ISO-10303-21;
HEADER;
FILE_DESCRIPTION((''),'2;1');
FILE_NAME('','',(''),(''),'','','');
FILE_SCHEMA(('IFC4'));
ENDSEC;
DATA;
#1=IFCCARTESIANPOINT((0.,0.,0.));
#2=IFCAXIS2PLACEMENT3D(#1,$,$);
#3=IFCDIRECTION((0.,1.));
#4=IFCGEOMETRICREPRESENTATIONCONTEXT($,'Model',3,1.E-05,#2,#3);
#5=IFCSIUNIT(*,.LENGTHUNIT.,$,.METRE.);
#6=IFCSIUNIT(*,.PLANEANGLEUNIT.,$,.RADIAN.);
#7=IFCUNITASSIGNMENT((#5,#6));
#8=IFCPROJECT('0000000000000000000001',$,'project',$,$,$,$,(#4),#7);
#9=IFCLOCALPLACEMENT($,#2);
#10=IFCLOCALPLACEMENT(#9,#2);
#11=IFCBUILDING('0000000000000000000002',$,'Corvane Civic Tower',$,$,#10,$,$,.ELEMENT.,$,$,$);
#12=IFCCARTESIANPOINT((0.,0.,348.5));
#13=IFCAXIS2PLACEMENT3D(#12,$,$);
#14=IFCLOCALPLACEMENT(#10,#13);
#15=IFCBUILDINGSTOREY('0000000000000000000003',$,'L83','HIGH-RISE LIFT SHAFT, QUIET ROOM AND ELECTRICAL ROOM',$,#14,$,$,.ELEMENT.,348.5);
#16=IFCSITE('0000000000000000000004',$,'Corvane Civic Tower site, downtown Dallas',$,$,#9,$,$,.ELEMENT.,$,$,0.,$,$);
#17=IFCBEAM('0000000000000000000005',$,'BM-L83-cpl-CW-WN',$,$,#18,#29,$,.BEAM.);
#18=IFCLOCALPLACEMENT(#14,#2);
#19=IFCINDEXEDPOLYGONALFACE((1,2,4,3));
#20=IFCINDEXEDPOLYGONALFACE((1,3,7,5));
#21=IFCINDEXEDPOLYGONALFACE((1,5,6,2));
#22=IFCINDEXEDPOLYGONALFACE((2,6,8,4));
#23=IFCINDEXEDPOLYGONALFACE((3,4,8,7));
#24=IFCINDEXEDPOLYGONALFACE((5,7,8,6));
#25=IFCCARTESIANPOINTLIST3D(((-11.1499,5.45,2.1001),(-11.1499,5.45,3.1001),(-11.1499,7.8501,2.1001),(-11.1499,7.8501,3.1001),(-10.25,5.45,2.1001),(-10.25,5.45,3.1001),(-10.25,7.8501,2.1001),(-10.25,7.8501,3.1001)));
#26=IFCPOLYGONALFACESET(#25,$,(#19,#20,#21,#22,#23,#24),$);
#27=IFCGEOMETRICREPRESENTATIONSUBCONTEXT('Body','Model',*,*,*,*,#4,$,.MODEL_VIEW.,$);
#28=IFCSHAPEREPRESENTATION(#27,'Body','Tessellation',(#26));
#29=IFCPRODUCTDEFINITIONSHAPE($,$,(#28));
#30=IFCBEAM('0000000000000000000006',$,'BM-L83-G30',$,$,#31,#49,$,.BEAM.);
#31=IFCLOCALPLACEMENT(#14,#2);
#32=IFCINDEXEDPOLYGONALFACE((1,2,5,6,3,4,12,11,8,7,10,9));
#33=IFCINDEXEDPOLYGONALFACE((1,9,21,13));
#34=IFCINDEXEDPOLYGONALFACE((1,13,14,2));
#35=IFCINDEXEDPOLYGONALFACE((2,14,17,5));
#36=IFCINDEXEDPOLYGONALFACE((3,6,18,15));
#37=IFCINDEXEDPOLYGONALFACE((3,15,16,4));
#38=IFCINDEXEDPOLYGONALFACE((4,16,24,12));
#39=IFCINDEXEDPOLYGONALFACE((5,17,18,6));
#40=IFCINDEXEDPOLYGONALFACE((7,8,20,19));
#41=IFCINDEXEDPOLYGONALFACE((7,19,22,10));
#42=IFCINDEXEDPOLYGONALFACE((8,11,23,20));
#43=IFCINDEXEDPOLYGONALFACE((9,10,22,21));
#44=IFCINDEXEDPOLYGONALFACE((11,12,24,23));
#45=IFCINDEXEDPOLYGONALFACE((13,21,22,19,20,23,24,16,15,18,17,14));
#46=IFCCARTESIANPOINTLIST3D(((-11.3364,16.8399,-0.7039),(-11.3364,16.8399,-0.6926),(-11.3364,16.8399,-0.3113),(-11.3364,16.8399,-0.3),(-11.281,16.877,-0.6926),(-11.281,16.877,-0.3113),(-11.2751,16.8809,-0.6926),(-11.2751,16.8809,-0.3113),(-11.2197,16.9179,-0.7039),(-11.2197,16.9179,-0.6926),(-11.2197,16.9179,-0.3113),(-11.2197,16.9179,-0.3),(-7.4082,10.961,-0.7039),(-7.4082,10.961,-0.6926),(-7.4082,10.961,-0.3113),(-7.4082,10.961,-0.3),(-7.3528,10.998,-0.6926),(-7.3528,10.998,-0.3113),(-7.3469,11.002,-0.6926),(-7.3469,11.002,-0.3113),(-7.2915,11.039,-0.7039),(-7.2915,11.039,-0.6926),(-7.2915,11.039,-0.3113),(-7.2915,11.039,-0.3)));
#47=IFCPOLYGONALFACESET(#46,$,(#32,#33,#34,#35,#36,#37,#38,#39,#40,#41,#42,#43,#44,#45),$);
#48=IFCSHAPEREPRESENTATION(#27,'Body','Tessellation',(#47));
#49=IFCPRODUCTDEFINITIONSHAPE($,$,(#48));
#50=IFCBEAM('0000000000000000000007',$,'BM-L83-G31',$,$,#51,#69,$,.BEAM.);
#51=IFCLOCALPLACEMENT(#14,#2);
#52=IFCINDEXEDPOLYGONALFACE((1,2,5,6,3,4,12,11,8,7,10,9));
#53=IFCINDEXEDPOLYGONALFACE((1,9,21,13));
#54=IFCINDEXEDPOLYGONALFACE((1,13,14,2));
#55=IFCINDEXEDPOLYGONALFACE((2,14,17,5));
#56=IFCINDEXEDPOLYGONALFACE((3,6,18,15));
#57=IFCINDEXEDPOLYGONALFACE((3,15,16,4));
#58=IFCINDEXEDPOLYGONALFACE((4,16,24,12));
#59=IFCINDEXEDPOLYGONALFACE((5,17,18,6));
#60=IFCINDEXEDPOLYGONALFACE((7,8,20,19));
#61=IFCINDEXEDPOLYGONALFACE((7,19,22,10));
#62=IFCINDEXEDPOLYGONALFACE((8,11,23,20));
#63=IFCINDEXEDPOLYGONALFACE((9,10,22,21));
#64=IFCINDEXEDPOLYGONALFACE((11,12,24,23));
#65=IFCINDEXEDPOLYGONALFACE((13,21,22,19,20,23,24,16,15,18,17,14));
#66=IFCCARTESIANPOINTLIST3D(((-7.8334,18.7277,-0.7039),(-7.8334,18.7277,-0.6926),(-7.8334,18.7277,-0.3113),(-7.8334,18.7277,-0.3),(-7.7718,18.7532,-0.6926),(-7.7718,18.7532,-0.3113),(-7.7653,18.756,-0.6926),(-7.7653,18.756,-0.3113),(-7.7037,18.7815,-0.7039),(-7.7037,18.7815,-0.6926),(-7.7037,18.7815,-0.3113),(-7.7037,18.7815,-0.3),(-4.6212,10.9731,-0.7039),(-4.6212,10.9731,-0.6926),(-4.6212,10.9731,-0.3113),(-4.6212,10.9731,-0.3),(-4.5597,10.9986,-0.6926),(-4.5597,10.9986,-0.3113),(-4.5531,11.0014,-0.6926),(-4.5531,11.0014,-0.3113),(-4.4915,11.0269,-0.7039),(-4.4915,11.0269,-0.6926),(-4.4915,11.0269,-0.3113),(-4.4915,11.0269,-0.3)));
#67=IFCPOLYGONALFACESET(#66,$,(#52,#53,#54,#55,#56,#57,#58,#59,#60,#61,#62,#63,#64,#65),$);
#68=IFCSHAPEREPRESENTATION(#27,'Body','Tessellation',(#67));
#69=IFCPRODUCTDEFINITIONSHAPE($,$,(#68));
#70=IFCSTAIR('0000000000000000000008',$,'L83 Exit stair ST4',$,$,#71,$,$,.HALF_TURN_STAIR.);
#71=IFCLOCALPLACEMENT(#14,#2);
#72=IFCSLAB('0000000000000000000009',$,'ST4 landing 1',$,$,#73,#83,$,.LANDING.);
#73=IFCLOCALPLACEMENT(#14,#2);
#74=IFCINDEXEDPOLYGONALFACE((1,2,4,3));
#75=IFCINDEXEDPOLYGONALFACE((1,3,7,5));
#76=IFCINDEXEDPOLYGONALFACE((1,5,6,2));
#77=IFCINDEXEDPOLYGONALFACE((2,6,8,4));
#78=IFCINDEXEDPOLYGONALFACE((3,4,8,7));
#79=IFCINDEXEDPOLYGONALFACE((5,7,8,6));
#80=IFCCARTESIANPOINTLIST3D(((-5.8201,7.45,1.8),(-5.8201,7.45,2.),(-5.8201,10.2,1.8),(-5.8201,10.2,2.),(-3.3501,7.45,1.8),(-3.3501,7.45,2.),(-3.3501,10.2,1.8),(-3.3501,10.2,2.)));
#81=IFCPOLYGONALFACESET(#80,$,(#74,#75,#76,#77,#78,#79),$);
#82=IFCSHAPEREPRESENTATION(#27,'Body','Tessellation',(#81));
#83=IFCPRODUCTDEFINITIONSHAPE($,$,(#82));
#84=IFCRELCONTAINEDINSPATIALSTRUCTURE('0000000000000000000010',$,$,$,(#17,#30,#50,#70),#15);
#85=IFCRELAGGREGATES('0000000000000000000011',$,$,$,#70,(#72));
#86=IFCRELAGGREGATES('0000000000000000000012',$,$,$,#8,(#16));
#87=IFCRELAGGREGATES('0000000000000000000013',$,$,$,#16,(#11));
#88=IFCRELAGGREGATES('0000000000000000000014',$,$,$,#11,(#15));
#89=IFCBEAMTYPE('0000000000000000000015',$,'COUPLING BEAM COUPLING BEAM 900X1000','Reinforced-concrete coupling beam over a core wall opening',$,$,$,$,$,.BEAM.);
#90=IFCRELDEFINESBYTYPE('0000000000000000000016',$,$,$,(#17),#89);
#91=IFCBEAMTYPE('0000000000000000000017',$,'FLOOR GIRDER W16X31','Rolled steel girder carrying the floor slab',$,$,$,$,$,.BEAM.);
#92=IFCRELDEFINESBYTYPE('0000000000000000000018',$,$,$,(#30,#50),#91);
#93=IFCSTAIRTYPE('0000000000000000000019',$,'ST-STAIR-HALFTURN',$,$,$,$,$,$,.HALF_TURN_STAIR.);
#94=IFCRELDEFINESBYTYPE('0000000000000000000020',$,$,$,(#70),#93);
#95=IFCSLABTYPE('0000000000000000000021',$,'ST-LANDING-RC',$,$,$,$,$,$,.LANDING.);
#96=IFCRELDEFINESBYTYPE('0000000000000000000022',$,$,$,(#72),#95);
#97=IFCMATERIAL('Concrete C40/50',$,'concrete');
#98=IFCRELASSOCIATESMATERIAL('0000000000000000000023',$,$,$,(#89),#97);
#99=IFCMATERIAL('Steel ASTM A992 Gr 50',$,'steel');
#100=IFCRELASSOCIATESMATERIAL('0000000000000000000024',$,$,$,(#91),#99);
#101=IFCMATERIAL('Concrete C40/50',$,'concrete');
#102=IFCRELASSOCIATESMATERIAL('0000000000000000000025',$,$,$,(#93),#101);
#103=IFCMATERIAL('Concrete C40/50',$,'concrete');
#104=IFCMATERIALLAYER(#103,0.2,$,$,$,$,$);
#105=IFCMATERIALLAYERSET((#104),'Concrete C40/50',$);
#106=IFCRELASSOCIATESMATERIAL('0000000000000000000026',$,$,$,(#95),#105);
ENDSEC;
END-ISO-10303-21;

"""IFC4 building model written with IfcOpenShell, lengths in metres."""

from ifc_helpers import new_model, si_unit, direction, frame, origin, origin_2d, place, context, subcontext, project, spatial, polyline, rectangle, i_section, outline, extrude, material, layer, layer_set, material_profile, profile_set, type_object, element, aggregate, save


model = new_model("IFC4")

# Units and contexts
model_context = context("Model", 3, precision=1e-05, world=origin(), true_north=direction((0.0, 1.0)))
body_context = subcontext(model_context, "Body", "Model", "MODEL_VIEW")
ifc_project = project(units=[si_unit("LENGTHUNIT", "METRE"), si_unit("PLANEANGLEUNIT", "RADIAN")], contexts=[model_context])

# Site, building, storey
site_placement = place(None, origin())
site = spatial("IfcSite", under=ifc_project, at=site_placement, Name="Corvane Civic Tower site, downtown Dallas", CompositionType="ELEMENT", RefElevation=0.0)
building_placement = place(site_placement, origin())
building = spatial("IfcBuilding", under=site, at=building_placement, Name="Corvane Civic Tower", CompositionType="ELEMENT")
storey_placement = place(building_placement, frame((0.0, 0.0, 348.5)))
storey = spatial("IfcBuildingStorey", under=building, at=storey_placement, Name="L83", Description="HIGH-RISE LIFT SHAFT, QUIET ROOM AND ELECTRICAL ROOM", CompositionType="ELEMENT", Elevation=348.5)

# Beams
ifc_material_1 = material(Name="Concrete C40/50", Category="concrete")
ifc_material_profile_1 = material_profile(ifc_material_1, rectangle(XDim=0.8999, YDim=1.0, at=origin_2d()), Name="COUPLING BEAM 900X1000")
ifc_profile_set_1 = profile_set([ifc_material_profile_1], Name="Concrete C40/50")
beam_type_1 = type_object("IfcBeamType", Name="COUPLING BEAM COUPLING BEAM 900X1000", Description="Reinforced-concrete coupling beam over a core wall opening", PredefinedType="BEAM", material=ifc_profile_set_1)
beam_1_placement = place(storey_placement, frame((-10.7, 5.45, 2.6001), z_axis=(0.0, 1.0, 0.0), x_axis=(-1.0, 0.0, 0.0)))
element("IfcBeam", 1, at=beam_1_placement, inside=storey, type_object=beam_type_1, Name="BM-L83-cpl-CW-WN", PredefinedType="BEAM", context=body_context, shape_type="SweptSolid", body=[
    extrude(rectangle(XDim=0.8999, YDim=1.0, at=origin_2d()), origin(), (0.0, 0.0, 1.0), 2.4001),
])
ifc_material_2 = material(Name="Steel ASTM A992 Gr 50", Category="steel")
ifc_material_profile_2 = material_profile(ifc_material_2, i_section(OverallWidth=0.1404, OverallDepth=0.4038, WebThickness=0.0071, FlangeThickness=0.0112, at=origin_2d()), Name="W16X31")
ifc_profile_set_2 = profile_set([ifc_material_profile_2], Name="Steel ASTM A992 Gr 50")
beam_type_2 = type_object("IfcBeamType", Name="FLOOR GIRDER W16X31", Description="Rolled steel girder carrying the floor slab", PredefinedType="BEAM", material=ifc_profile_set_2)
beam_2_placement = place(storey_placement, frame((-7.3499, 11.0, -0.502), z_axis=(-0.555576, 0.831465, 0.0), x_axis=(-0.831465, -0.555576, 0.0)))
element("IfcBeam", 2, at=beam_2_placement, inside=storey, type_object=beam_type_2, Name="BM-L83-G30", PredefinedType="BEAM", context=body_context, shape_type="SweptSolid", body=[
    extrude(i_section(OverallWidth=0.1404, OverallDepth=0.4038, WebThickness=0.0071, FlangeThickness=0.0112, at=origin_2d()), origin(), (0.0, 0.0, 1.0), 7.0706),
])
beam_3_placement = place(storey_placement, frame((-4.5564, 11.0, -0.502), z_axis=(-0.382692, 0.923876, 0.0), x_axis=(-0.923876, -0.382692, 0.0)))
element("IfcBeam", 3, at=beam_3_placement, inside=storey, type_object=beam_type_2, Name="BM-L83-G31", PredefinedType="BEAM", context=body_context, shape_type="SweptSolid", body=[
    extrude(i_section(OverallWidth=0.1404, OverallDepth=0.4038, WebThickness=0.0071, FlangeThickness=0.0112, at=origin_2d()), origin(), (0.0, 0.0, 1.0), 8.3936),
])

# Stair, slab
ifc_material_3 = material(Name="Concrete C40/50", Category="concrete")
stair_type = type_object("IfcStairType", Name="ST-STAIR-HALFTURN", PredefinedType="HALF_TURN_STAIR", material=ifc_material_3)
stair_placement = place(storey_placement, origin())
stair = element("IfcStair", 4, at=stair_placement, inside=storey, type_object=stair_type, Name="L83 Exit stair ST4", PredefinedType="HALF_TURN_STAIR")
ifc_material_4 = material(Name="Concrete C40/50", Category="concrete")
ifc_layer_1 = layer(ifc_material_4, 0.2)
ifc_layer_set_1 = layer_set([ifc_layer_1], Name="Concrete C40/50")
slab_type = type_object("IfcSlabType", Name="ST-LANDING-RC", PredefinedType="LANDING", material=ifc_layer_set_1)
slab_placement = place(storey_placement, frame((0.0, 0.0, 1.8)))
slab = element("IfcSlab", 5, at=slab_placement, type_object=slab_type, Name="ST4 landing 1", PredefinedType="LANDING", context=body_context, shape_type="SweptSolid", body=[
    extrude(outline(polyline([(-5.8201, 7.45), (-3.3501, 7.45), (-3.3501, 10.2), (-5.8201, 10.2), (-5.8201, 7.45)])), origin(), (0.0, 0.0, 1.0), 0.2),
])

aggregate(stair, [slab])

save(model, "model.ifc")
